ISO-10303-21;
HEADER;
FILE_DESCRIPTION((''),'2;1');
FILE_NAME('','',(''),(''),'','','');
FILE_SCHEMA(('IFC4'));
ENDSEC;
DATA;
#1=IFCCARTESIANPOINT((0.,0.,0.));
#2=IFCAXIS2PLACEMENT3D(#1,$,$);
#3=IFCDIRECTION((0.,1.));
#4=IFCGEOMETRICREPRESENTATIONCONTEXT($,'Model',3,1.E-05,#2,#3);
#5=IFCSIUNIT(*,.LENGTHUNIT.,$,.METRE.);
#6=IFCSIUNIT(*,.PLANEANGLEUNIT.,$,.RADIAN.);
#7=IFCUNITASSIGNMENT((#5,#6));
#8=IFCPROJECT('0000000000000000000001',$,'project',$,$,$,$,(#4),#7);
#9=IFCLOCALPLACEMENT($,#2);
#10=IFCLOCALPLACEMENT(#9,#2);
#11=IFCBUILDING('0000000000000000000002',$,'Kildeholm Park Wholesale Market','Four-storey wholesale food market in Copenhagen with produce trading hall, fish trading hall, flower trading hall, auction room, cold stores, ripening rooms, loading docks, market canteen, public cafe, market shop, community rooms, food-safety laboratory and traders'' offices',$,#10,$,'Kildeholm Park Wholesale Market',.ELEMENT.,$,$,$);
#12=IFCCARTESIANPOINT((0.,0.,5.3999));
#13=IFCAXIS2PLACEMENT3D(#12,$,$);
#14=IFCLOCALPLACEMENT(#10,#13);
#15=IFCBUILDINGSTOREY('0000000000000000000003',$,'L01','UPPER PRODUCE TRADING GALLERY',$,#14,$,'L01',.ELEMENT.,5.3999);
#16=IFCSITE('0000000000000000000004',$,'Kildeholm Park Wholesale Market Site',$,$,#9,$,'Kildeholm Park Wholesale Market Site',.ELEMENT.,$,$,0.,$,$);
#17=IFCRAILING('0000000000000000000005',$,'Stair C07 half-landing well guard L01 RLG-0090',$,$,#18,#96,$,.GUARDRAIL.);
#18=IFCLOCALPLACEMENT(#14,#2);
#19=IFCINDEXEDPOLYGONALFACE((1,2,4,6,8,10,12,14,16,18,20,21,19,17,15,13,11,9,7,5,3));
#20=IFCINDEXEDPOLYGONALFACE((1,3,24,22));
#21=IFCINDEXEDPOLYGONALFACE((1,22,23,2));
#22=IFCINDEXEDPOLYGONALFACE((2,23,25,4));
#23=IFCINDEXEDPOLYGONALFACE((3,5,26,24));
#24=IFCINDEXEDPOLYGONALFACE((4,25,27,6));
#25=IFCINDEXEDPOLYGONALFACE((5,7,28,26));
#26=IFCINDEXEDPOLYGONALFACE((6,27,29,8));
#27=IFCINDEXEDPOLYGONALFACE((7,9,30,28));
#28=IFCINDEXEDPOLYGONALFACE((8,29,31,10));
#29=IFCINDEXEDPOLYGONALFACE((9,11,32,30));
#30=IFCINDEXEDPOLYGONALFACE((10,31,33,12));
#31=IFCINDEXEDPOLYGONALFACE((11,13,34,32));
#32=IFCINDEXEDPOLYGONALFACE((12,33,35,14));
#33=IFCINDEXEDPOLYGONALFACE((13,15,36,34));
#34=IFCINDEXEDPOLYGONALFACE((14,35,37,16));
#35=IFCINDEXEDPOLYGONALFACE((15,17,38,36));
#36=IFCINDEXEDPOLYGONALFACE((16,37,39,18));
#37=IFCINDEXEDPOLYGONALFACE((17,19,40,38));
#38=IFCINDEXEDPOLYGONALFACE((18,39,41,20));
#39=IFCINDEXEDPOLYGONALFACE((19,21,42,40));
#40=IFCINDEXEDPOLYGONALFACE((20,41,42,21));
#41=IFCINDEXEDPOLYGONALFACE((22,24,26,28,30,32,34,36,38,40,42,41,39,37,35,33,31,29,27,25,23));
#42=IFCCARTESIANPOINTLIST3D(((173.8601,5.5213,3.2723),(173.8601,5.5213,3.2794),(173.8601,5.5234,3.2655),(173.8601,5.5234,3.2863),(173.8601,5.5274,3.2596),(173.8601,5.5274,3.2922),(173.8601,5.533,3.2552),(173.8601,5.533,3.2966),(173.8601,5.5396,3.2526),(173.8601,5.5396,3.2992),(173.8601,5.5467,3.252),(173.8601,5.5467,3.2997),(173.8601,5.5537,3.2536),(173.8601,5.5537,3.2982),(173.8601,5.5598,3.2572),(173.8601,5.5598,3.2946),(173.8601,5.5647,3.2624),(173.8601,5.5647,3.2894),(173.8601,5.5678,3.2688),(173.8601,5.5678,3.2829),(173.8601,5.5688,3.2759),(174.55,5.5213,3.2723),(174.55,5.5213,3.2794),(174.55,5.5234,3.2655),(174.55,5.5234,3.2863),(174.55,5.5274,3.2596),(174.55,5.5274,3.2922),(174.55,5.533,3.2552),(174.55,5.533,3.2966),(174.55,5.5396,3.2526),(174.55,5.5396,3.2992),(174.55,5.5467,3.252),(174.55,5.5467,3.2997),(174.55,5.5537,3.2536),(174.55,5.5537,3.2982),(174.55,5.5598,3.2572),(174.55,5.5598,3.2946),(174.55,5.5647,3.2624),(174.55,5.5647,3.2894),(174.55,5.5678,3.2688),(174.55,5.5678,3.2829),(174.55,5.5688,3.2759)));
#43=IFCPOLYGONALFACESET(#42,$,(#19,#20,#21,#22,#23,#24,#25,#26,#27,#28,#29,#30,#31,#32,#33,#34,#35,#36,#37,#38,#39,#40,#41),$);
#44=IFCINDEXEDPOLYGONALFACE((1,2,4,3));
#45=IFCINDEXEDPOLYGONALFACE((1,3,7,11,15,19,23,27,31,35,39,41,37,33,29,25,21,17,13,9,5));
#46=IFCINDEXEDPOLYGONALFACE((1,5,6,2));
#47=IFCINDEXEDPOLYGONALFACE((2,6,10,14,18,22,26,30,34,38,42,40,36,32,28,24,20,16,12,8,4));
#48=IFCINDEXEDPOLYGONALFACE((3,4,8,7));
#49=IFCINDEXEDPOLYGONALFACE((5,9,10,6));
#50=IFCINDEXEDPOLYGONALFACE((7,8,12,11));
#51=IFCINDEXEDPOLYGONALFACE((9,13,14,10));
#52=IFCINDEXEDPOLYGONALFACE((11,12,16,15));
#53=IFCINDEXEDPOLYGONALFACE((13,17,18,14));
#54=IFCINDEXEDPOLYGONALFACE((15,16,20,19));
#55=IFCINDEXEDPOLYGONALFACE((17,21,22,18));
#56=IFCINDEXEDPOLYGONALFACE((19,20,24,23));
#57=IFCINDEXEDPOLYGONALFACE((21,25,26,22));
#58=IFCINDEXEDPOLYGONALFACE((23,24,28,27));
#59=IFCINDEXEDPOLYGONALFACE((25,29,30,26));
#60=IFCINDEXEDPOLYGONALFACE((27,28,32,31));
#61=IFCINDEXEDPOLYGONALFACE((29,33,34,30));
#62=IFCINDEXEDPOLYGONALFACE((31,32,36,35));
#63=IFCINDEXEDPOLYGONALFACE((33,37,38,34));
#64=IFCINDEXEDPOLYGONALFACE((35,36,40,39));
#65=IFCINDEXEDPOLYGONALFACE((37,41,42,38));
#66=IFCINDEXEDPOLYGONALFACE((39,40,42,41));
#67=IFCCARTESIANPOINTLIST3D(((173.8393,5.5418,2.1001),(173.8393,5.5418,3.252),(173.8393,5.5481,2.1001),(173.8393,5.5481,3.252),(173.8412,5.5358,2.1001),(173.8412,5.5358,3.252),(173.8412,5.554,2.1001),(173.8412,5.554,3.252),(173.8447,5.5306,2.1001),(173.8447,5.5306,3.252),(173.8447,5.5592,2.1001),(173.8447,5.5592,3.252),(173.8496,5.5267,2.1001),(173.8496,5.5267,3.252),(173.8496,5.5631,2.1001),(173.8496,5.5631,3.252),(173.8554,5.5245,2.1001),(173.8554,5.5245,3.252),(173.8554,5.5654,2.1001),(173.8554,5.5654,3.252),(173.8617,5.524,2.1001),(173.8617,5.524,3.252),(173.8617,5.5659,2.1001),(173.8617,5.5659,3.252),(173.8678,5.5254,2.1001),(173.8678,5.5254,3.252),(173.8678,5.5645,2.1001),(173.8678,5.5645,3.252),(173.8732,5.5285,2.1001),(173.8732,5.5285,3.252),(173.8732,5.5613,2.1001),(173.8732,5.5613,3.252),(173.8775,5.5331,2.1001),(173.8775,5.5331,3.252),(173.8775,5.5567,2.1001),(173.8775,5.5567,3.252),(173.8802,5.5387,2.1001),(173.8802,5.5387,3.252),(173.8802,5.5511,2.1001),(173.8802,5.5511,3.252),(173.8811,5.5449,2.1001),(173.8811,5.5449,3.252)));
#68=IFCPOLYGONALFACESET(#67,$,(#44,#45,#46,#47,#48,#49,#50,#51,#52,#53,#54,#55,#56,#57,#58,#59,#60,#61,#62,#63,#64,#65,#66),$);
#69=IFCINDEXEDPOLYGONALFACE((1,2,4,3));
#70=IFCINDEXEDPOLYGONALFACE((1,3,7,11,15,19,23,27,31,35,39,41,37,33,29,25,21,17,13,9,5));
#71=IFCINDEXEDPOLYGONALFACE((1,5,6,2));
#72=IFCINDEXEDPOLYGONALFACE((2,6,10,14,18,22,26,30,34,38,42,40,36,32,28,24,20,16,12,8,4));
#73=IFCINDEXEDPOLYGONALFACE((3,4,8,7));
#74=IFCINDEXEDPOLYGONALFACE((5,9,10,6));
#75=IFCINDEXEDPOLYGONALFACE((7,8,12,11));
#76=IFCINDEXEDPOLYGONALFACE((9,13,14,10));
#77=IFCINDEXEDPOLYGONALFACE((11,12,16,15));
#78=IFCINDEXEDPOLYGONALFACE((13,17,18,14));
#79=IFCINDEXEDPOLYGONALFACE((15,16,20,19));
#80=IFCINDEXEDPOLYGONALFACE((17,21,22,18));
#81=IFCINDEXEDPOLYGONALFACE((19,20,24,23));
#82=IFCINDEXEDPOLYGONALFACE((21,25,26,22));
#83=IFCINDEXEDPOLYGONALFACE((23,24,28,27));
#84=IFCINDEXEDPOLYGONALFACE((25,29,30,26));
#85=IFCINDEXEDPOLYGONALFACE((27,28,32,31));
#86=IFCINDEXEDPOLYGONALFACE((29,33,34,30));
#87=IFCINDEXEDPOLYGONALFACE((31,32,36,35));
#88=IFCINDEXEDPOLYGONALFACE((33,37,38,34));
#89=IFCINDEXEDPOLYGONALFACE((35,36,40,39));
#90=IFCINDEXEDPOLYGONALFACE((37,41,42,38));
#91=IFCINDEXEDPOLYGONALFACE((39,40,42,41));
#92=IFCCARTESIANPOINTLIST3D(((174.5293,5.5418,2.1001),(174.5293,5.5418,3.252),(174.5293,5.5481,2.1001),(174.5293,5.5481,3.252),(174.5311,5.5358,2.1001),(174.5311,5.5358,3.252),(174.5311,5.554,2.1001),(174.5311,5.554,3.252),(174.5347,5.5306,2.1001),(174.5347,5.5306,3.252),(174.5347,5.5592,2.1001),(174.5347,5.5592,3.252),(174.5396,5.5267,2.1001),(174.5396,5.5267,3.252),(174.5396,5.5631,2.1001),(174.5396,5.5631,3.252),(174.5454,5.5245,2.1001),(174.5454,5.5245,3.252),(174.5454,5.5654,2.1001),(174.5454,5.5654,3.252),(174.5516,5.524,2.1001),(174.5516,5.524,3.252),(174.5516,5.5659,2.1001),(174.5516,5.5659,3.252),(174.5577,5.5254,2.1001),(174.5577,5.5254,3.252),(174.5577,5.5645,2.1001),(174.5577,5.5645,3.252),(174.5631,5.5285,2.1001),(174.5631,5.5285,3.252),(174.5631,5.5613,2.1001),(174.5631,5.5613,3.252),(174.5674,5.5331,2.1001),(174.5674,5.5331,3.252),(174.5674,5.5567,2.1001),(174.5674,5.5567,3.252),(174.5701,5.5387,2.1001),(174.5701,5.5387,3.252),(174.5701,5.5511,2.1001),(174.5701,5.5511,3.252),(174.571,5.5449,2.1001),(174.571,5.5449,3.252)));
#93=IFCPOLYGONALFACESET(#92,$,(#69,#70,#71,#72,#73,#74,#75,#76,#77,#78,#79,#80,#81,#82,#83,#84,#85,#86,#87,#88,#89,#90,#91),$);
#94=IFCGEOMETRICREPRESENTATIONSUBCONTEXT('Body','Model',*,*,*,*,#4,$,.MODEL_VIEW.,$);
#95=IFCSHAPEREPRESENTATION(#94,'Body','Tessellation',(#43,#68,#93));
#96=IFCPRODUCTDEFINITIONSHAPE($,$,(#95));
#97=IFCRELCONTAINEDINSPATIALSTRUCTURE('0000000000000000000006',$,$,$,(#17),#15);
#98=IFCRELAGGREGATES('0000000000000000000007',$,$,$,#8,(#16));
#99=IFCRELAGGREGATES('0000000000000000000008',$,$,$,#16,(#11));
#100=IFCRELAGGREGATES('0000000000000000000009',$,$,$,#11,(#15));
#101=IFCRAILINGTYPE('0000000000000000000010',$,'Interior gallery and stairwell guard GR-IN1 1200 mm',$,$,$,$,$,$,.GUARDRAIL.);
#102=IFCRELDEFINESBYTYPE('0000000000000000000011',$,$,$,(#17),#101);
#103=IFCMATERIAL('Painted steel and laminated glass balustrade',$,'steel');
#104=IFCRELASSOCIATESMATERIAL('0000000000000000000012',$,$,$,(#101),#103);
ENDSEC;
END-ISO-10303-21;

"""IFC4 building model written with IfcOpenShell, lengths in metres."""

from ifc_helpers import new_model, si_unit, direction, frame, origin, origin_2d, place, context, subcontext, project, spatial, circle, extrude, material, type_object, element, save


model = new_model("IFC4")

# Units and contexts
model_context = context("Model", 3, precision=1e-05, world=origin(), true_north=direction((0.0, 1.0)))
body_context = subcontext(model_context, "Body", "Model", "MODEL_VIEW")
ifc_project = project(units=[si_unit("LENGTHUNIT", "METRE"), si_unit("PLANEANGLEUNIT", "RADIAN")], contexts=[model_context])

# Site, building, storey
site_placement = place(None, origin())
site = spatial("IfcSite", under=ifc_project, at=site_placement, Name="Kildeholm Park Wholesale Market Site", LongName="Kildeholm Park Wholesale Market Site", CompositionType="ELEMENT", RefElevation=0.0)
building_placement = place(site_placement, origin())
building = spatial("IfcBuilding", under=site, at=building_placement, Name="Kildeholm Park Wholesale Market", Description="Four-storey wholesale food market in Copenhagen with produce trading hall, fish trading hall, flower trading hall, auction room, cold stores, ripening rooms, loading docks, market canteen, public cafe, market shop, community rooms, food-safety laboratory and traders' offices", LongName="Kildeholm Park Wholesale Market", CompositionType="ELEMENT")
storey_placement = place(building_placement, frame((0.0, 0.0, 5.3999)))
storey = spatial("IfcBuildingStorey", under=building, at=storey_placement, Name="L01", Description="UPPER PRODUCE TRADING GALLERY", LongName="L01", CompositionType="ELEMENT", Elevation=5.3999)

# Railing
ifc_material_1 = material(Name="Painted steel and laminated glass balustrade", Category="steel")
railing_type_1 = type_object("IfcRailingType", Name="Interior gallery and stairwell guard GR-IN1 1200 mm", PredefinedType="GUARDRAIL", material=ifc_material_1)
railing_1_placement = place(storey_placement, frame((173.8601, 5.5449, 2.1001)))
element("IfcRailing", 1, at=railing_1_placement, inside=storey, type_object=railing_type_1, Name="Stair C07 half-landing well guard L01 RLG-0090", PredefinedType="GUARDRAIL", context=body_context, shape_type="SweptSolid", body=[
    extrude(circle(Radius=0.0239, at=origin_2d()), frame((0.0, 0.0, 1.1758), z_axis=(1.0, 0.0, 0.0), x_axis=(0.0, 1.0, 0.0)), (0.0, 0.0, 1.0), 0.6899),
    extrude(circle(Radius=0.021, at=origin_2d()), origin(), (0.0, 0.0, 1.0), 1.1519),
    extrude(circle(Radius=0.021, at=origin_2d()), frame((0.6899, 0.0, 0.0)), (0.0, 0.0, 1.0), 1.1519),
])

save(model, "model.ifc")
